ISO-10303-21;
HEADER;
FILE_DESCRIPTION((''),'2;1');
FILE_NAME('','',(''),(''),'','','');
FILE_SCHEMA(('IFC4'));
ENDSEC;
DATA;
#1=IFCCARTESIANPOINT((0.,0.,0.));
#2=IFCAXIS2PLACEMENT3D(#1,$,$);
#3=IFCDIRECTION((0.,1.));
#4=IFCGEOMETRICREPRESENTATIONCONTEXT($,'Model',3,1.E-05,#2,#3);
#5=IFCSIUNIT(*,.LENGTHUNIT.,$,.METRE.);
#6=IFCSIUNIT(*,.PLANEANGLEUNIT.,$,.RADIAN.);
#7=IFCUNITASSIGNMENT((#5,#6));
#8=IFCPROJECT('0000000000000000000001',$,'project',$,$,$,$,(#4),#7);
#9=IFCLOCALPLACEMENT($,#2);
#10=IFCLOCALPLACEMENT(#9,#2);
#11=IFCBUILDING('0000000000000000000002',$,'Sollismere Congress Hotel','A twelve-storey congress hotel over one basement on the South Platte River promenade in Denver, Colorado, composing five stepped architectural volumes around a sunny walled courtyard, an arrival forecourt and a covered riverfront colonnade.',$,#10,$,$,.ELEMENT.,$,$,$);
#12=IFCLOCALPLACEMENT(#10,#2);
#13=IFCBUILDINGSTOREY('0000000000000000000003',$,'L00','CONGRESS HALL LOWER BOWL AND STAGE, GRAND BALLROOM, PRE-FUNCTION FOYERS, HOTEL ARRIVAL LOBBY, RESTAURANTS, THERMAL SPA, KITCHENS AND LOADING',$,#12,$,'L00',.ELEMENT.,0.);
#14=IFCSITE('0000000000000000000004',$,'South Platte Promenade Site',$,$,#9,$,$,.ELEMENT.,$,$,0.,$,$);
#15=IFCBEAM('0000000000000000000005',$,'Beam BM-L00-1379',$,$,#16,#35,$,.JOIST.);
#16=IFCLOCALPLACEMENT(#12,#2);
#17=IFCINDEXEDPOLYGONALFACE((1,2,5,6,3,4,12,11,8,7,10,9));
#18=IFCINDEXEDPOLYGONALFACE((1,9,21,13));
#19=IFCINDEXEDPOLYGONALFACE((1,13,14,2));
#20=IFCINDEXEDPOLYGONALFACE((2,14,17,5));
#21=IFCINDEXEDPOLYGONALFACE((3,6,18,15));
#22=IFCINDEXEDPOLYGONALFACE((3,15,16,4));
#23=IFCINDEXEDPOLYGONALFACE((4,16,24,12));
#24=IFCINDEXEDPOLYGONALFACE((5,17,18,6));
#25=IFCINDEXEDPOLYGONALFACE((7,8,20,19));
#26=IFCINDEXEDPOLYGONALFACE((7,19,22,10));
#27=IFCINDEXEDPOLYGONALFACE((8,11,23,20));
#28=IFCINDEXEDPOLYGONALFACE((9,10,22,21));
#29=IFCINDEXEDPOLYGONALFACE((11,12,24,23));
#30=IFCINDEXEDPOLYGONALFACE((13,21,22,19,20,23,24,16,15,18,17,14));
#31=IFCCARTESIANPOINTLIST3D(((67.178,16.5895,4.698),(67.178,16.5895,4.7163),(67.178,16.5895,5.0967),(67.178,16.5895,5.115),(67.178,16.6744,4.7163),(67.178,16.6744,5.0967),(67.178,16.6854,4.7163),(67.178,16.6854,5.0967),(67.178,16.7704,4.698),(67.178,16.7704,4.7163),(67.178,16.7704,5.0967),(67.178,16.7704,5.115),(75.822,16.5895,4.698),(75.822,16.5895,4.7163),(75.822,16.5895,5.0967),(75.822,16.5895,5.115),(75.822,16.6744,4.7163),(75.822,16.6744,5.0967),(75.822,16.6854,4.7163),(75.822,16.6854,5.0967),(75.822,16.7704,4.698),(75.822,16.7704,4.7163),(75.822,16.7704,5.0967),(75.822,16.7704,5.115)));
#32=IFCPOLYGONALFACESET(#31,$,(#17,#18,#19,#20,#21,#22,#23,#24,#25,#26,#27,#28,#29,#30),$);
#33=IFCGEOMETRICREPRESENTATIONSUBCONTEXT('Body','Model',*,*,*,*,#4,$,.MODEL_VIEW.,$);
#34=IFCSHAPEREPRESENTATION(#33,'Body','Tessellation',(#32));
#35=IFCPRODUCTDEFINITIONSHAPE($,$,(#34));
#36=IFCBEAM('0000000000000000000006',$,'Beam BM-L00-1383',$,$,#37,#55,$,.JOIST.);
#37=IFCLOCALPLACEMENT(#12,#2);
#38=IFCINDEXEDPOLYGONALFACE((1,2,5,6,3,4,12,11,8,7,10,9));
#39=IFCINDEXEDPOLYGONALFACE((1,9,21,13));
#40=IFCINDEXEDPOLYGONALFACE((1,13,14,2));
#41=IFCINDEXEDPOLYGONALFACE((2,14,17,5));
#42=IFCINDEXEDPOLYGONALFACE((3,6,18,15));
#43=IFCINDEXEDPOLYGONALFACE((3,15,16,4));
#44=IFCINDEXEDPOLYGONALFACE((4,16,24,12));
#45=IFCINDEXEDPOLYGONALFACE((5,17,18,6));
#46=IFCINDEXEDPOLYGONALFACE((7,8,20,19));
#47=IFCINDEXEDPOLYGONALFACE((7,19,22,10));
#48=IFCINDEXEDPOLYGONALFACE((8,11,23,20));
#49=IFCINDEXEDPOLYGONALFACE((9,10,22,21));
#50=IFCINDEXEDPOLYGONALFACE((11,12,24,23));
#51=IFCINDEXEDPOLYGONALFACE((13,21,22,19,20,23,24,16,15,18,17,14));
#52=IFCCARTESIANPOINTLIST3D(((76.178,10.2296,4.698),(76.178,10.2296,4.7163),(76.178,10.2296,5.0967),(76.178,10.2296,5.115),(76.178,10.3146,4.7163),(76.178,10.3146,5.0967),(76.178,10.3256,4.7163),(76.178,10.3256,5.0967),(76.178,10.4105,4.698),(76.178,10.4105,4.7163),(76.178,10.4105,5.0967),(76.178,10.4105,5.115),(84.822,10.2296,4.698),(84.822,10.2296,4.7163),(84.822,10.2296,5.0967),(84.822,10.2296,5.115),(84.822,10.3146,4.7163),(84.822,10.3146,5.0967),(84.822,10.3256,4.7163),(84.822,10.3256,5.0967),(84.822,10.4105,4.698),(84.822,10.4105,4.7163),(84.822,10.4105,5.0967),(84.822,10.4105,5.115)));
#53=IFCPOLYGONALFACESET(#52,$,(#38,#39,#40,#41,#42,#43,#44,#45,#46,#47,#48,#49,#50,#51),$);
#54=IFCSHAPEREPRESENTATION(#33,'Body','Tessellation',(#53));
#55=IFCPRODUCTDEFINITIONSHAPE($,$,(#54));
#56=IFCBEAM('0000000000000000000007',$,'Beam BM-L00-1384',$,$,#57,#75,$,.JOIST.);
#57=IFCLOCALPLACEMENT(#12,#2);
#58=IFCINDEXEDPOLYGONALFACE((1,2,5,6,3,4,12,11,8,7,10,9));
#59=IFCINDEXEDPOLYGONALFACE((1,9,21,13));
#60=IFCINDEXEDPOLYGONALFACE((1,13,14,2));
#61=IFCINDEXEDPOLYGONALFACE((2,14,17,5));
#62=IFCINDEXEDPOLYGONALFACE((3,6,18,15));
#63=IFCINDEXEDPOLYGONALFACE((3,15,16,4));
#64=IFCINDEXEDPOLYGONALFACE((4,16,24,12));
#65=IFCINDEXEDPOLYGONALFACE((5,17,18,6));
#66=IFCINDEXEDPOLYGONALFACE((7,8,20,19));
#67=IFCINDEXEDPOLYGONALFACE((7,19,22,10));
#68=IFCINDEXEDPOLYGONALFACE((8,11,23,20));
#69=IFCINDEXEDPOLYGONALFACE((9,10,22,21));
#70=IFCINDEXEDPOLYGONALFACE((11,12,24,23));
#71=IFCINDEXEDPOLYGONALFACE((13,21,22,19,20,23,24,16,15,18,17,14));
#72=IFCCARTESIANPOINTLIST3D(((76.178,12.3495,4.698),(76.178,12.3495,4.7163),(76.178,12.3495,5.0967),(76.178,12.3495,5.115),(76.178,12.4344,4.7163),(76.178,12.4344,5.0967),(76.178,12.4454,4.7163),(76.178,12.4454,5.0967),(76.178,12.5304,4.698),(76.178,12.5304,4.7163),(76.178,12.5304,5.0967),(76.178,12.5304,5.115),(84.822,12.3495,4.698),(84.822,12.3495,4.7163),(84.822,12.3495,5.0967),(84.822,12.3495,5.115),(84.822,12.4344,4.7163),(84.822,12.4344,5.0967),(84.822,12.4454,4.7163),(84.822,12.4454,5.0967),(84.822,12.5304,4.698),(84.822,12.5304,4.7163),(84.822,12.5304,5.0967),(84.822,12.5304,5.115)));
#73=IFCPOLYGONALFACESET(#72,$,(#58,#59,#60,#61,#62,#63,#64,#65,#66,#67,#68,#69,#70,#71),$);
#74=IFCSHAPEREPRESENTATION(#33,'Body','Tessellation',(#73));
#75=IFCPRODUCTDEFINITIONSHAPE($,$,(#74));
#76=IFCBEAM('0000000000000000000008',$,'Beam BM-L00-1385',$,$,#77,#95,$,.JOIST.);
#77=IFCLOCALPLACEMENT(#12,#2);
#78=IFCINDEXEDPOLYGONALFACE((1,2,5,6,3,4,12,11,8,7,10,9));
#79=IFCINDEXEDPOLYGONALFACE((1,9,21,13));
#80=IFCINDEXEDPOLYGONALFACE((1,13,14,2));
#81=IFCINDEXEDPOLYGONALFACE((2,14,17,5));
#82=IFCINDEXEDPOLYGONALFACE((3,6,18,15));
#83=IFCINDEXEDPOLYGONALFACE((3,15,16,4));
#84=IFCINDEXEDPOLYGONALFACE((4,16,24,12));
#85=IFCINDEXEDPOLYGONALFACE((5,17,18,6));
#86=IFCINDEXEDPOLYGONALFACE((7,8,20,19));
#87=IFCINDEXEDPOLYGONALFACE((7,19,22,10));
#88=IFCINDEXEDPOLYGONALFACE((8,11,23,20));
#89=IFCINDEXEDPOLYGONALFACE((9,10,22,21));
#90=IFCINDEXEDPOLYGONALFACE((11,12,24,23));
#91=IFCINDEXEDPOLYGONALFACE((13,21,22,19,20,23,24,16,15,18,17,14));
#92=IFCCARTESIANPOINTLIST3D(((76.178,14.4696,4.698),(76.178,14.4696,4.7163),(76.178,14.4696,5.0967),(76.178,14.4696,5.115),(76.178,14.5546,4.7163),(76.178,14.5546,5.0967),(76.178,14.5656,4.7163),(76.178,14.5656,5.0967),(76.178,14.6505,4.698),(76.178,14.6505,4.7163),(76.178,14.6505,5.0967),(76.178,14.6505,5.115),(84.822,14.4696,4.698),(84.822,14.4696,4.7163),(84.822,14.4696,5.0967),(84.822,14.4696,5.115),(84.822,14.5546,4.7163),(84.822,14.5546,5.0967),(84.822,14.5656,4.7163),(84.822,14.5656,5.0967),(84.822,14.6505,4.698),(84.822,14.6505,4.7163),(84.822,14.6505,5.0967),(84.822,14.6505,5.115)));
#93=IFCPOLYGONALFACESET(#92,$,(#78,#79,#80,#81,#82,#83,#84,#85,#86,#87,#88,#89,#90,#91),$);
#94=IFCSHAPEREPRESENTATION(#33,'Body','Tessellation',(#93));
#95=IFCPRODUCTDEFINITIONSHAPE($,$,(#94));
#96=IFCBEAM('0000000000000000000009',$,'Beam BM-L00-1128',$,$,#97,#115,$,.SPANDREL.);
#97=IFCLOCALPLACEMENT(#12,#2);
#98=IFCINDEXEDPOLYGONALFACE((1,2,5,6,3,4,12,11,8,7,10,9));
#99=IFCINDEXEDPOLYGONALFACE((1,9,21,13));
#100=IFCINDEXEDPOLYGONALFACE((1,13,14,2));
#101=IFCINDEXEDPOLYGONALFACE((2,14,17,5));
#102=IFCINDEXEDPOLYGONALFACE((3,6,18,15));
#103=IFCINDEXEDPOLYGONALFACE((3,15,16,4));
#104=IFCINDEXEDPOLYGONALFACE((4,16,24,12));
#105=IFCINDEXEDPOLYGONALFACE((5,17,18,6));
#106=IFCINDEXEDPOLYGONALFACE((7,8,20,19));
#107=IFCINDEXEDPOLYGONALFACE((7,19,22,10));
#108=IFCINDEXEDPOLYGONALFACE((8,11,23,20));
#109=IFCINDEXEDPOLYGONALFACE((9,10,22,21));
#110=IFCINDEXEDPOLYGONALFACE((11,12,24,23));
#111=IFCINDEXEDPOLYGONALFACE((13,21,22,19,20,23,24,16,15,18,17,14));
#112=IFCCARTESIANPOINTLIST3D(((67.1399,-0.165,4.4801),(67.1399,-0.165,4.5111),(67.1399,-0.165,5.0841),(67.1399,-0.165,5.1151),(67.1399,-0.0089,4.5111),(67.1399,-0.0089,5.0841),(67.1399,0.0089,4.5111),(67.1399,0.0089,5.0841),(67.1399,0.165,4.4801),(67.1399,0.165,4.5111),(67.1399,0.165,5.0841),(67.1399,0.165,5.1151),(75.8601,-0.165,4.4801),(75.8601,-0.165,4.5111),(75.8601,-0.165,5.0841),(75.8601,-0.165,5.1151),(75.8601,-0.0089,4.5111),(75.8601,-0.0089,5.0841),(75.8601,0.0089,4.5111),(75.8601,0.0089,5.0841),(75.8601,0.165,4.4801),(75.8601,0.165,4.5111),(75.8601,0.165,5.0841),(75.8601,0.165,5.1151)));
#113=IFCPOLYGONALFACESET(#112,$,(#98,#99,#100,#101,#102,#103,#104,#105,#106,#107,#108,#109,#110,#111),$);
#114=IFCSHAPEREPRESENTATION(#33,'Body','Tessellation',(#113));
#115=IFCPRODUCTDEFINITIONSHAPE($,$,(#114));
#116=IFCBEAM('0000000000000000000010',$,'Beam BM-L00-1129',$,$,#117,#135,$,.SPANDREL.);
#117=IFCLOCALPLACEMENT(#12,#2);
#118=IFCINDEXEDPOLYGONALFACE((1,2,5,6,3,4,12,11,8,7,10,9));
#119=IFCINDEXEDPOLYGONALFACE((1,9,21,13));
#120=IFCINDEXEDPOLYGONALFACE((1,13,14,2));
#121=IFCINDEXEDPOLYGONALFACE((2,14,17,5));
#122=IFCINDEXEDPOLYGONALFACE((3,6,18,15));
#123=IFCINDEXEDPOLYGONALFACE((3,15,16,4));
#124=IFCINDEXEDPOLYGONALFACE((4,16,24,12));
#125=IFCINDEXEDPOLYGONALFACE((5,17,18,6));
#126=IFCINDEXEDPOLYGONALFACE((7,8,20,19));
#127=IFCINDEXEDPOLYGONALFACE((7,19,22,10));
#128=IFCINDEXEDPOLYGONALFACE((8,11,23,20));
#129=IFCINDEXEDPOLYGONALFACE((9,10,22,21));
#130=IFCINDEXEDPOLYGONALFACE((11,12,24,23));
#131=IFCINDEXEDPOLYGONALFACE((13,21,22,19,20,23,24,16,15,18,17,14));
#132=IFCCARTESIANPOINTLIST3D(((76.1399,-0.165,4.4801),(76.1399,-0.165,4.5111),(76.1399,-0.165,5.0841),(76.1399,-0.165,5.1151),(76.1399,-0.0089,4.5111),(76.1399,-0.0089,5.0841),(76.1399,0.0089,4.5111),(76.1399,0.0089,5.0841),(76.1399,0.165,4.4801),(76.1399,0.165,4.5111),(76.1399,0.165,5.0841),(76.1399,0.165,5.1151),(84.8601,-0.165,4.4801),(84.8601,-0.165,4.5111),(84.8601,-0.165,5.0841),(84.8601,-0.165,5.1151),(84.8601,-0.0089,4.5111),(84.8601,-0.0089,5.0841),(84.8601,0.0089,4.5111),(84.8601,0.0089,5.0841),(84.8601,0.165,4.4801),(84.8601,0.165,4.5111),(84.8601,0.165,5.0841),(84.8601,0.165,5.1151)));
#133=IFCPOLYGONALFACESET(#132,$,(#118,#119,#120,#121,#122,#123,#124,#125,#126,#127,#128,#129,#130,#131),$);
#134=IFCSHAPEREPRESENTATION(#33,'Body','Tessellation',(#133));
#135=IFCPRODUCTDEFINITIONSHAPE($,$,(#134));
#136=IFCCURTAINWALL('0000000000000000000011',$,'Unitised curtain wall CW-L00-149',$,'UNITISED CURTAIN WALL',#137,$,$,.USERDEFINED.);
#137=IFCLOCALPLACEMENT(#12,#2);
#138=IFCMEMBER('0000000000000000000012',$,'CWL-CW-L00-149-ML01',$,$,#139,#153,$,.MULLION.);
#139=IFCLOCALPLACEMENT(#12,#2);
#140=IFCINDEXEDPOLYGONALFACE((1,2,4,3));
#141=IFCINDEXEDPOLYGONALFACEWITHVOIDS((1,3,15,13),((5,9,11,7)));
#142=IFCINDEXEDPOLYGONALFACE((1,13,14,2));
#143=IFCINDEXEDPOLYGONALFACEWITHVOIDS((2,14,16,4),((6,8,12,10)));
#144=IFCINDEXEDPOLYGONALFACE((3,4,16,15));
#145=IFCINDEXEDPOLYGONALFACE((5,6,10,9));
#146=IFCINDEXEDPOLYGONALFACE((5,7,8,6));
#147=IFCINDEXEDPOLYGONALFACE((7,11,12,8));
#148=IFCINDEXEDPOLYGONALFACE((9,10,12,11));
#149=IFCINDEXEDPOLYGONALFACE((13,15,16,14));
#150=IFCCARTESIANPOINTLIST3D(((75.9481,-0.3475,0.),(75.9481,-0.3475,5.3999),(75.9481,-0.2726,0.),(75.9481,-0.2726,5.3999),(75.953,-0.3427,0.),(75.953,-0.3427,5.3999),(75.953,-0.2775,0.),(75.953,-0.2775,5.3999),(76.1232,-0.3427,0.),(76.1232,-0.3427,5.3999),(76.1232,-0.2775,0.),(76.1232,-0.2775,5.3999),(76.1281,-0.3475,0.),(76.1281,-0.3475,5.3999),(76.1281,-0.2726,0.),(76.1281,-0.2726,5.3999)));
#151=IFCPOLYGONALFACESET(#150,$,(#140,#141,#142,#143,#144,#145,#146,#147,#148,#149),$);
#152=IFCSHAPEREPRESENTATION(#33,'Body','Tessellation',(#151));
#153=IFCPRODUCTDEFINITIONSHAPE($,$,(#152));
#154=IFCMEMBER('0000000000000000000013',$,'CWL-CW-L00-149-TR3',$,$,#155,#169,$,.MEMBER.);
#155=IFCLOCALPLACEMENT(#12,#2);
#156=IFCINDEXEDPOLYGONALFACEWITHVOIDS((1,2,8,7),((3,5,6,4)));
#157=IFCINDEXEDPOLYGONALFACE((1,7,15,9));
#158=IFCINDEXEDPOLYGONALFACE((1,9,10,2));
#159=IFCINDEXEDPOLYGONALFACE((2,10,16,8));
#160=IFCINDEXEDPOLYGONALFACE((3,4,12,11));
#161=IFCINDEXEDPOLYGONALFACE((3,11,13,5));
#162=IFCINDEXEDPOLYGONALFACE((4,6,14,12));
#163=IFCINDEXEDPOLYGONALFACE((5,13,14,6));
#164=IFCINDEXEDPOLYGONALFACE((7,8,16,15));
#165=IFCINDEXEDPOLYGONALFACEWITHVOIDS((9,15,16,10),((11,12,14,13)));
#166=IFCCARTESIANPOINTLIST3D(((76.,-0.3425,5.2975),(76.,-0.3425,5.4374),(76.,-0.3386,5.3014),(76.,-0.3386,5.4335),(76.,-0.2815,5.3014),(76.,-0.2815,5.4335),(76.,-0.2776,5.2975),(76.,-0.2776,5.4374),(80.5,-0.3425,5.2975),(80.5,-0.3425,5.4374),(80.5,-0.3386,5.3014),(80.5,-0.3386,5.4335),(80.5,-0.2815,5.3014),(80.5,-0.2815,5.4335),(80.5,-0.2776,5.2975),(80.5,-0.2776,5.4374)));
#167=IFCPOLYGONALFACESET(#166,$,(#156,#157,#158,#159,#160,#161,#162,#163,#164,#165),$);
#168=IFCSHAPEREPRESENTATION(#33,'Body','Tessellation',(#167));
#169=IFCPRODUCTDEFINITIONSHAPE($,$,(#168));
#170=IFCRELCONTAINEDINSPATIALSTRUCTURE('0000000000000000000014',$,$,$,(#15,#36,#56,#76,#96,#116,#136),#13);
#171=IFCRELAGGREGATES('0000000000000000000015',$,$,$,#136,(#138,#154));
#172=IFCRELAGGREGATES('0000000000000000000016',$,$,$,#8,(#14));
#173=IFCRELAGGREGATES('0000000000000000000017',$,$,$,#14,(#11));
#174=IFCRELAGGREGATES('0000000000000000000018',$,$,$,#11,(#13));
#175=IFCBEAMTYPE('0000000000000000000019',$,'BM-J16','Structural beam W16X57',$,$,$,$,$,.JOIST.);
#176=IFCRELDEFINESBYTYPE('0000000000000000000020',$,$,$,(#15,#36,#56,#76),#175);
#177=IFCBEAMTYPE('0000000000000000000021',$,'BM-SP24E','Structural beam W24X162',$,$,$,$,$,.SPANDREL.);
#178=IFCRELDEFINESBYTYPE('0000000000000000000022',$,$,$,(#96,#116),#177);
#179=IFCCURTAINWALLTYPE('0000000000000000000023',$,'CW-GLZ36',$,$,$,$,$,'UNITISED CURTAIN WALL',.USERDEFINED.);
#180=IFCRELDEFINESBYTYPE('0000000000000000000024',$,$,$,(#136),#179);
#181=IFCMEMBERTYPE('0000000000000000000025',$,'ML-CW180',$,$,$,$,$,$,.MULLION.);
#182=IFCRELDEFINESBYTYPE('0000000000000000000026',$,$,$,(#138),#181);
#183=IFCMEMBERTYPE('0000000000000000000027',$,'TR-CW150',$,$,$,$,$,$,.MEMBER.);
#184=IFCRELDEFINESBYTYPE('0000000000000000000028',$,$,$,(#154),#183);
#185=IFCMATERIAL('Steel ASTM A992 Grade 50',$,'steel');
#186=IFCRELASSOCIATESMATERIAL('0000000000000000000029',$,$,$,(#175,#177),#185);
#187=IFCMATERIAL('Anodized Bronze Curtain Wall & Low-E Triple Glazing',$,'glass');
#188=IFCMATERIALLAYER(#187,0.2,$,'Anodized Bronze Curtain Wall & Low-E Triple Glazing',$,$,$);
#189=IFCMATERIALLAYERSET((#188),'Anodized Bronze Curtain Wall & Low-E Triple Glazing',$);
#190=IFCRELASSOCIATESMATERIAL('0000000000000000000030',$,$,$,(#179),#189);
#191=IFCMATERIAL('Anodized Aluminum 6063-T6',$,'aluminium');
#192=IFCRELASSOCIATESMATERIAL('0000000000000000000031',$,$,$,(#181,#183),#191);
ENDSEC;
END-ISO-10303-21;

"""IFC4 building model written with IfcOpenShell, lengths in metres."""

from ifc_helpers import new_model, si_unit, direction, frame, origin, origin_2d, place, context, subcontext, project, spatial, hollow_rectangle, i_section, extrude, material, layer, layer_set, material_profile, profile_set, type_object, element, aggregate, save


model = new_model("IFC4")

# Units and contexts
model_context = context("Model", 3, precision=1e-05, world=origin(), true_north=direction((0.0, 1.0)))
body_context = subcontext(model_context, "Body", "Model", "MODEL_VIEW")
ifc_project = project(units=[si_unit("LENGTHUNIT", "METRE"), si_unit("PLANEANGLEUNIT", "RADIAN")], contexts=[model_context])

# Site, building, storey
site_placement = place(None, origin())
site = spatial("IfcSite", under=ifc_project, at=site_placement, Name="South Platte Promenade Site", CompositionType="ELEMENT", RefElevation=0.0)
building_placement = place(site_placement, origin())
building = spatial("IfcBuilding", under=site, at=building_placement, Name="Sollismere Congress Hotel", Description="A twelve-storey congress hotel over one basement on the South Platte River promenade in Denver, Colorado, composing five stepped architectural volumes around a sunny walled courtyard, an arrival forecourt and a covered riverfront colonnade.", CompositionType="ELEMENT")
storey_placement = place(building_placement, origin())
storey = spatial("IfcBuildingStorey", under=building, at=storey_placement, Name="L00", Description="CONGRESS HALL LOWER BOWL AND STAGE, GRAND BALLROOM, PRE-FUNCTION FOYERS, HOTEL ARRIVAL LOBBY, RESTAURANTS, THERMAL SPA, KITCHENS AND LOADING", LongName="L00", CompositionType="ELEMENT", Elevation=0.0)

# Shared definitions
ifc_material_1 = material(Name="Steel ASTM A992 Grade 50", Category="steel")

# Beams
ifc_material_profile_1 = material_profile(ifc_material_1, i_section(OverallWidth=0.1809, OverallDepth=0.417, WebThickness=0.011, FlangeThickness=0.0183, at=origin_2d()), Name="W16X57")
ifc_profile_set_1 = profile_set([ifc_material_profile_1], Name="Steel ASTM A992 Grade 50")
beam_type_1 = type_object("IfcBeamType", Name="BM-J16", Description="Structural beam W16X57", PredefinedType="JOIST", material=ifc_profile_set_1)
for number, where, z_axis, x_axis, name in (
    (1, (67.178, 16.6799, 4.9065), (1.0, 0.0, 0.0), (0.0, 1.0, 0.0), "Beam BM-L00-1379"),
    (2, (76.178, 10.3201, 4.9065), (1.0, 0.0, 0.0), (0.0, 1.0, 0.0), "Beam BM-L00-1383"),
    (3, (76.178, 12.4399, 4.9065), (1.0, 0.0, 0.0), (0.0, 1.0, 0.0), "Beam BM-L00-1384"),
    (4, (76.178, 14.5601, 4.9065), (1.0, 0.0, 0.0), (0.0, 1.0, 0.0), "Beam BM-L00-1385"),
):
    element("IfcBeam", number, at=place(storey_placement, frame(where, z_axis=z_axis, x_axis=x_axis)), inside=storey, type_object=beam_type_1, Name=name, PredefinedType="JOIST", context=body_context, shape_type="SweptSolid", body=[
        extrude(i_section(OverallWidth=0.1809, OverallDepth=0.417, WebThickness=0.011, FlangeThickness=0.0183, at=origin_2d()), origin(), (0.0, 0.0, 1.0), 8.644),
    ])
ifc_material_profile_2 = material_profile(ifc_material_1, i_section(OverallWidth=0.3301, OverallDepth=0.635, WebThickness=0.0178, FlangeThickness=0.031, at=origin_2d()), Name="W24X162")
ifc_profile_set_2 = profile_set([ifc_material_profile_2], Name="Steel ASTM A992 Grade 50")
beam_type_2 = type_object("IfcBeamType", Name="BM-SP24E", Description="Structural beam W24X162", PredefinedType="SPANDREL", material=ifc_profile_set_2)
for number, where, z_axis, x_axis, name in (
    (5, (67.1399, 0.0, 4.7976), (1.0, 0.0, 0.0), (0.0, 1.0, 0.0), "Beam BM-L00-1128"),
    (6, (76.1399, 0.0, 4.7976), (1.0, 0.0, 0.0), (0.0, 1.0, 0.0), "Beam BM-L00-1129"),
):
    element("IfcBeam", number, at=place(storey_placement, frame(where, z_axis=z_axis, x_axis=x_axis)), inside=storey, type_object=beam_type_2, Name=name, PredefinedType="SPANDREL", context=body_context, shape_type="SweptSolid", body=[
        extrude(i_section(OverallWidth=0.3301, OverallDepth=0.635, WebThickness=0.0178, FlangeThickness=0.031, at=origin_2d()), origin(), (0.0, 0.0, 1.0), 8.7202),
    ])

# Curtain wall, members
ifc_material_2 = material(Name="Anodized Bronze Curtain Wall & Low-E Triple Glazing", Category="glass")
ifc_layer_1 = layer(ifc_material_2, 0.2, Name="Anodized Bronze Curtain Wall & Low-E Triple Glazing")
ifc_layer_set_1 = layer_set([ifc_layer_1], Name="Anodized Bronze Curtain Wall & Low-E Triple Glazing")
curtain_wall_type = type_object("IfcCurtainWallType", Name="CW-GLZ36", ElementType="UNITISED CURTAIN WALL", PredefinedType="USERDEFINED", material=ifc_layer_set_1)
curtain_wall_placement = place(storey_placement, origin())
curtain_wall = element("IfcCurtainWall", 7, at=curtain_wall_placement, inside=storey, type_object=curtain_wall_type, Name="Unitised curtain wall CW-L00-149", ObjectType="UNITISED CURTAIN WALL", PredefinedType="USERDEFINED")
ifc_material_3 = material(Name="Anodized Aluminum 6063-T6", Category="aluminium")
ifc_material_profile_3 = material_profile(ifc_material_3, hollow_rectangle(XDim=0.075, YDim=0.1799, WallThickness=0.0049, at=origin_2d()), Name="ALU180X75X5")
ifc_profile_set_3 = profile_set([ifc_material_profile_3], Name="Anodized Aluminum 6063-T6")
member_type_1 = type_object("IfcMemberType", Name="ML-CW180", PredefinedType="MULLION", material=ifc_profile_set_3)
member_1_placement = place(storey_placement, frame((76.0381, -0.3101, 0.0), z_axis=(0.0, 0.0, 1.0), x_axis=(0.0, 1.0, 0.0)))
member_1 = element("IfcMember", 8, at=member_1_placement, type_object=member_type_1, Name="CWL-CW-L00-149-ML01", PredefinedType="MULLION", context=body_context, shape_type="SweptSolid", body=[
    extrude(hollow_rectangle(XDim=0.075, YDim=0.1799, WallThickness=0.0049, at=origin_2d()), origin(), (0.0, 0.0, 1.0), 5.3999),
])
ifc_material_profile_4 = material_profile(ifc_material_3, hollow_rectangle(XDim=0.0649, YDim=0.1399, WallThickness=0.0039, at=origin_2d()), Name="ALU140X65X4")
ifc_profile_set_4 = profile_set([ifc_material_profile_4], Name="Anodized Aluminum 6063-T6")
member_type_2 = type_object("IfcMemberType", Name="TR-CW150", PredefinedType="MEMBER", material=ifc_profile_set_4)
member_2_placement = place(storey_placement, frame((76.0, -0.3101, 5.3674), z_axis=(1.0, 0.0, 0.0), x_axis=(0.0, 1.0, 0.0)))
member_2 = element("IfcMember", 9, at=member_2_placement, type_object=member_type_2, Name="CWL-CW-L00-149-TR3", PredefinedType="MEMBER", context=body_context, shape_type="SweptSolid", body=[
    extrude(hollow_rectangle(XDim=0.0649, YDim=0.1399, WallThickness=0.0039, at=origin_2d()), origin(), (0.0, 0.0, 1.0), 4.5),
])
aggregate(curtain_wall, [member_1, member_2])

save(model, "model.ifc")
